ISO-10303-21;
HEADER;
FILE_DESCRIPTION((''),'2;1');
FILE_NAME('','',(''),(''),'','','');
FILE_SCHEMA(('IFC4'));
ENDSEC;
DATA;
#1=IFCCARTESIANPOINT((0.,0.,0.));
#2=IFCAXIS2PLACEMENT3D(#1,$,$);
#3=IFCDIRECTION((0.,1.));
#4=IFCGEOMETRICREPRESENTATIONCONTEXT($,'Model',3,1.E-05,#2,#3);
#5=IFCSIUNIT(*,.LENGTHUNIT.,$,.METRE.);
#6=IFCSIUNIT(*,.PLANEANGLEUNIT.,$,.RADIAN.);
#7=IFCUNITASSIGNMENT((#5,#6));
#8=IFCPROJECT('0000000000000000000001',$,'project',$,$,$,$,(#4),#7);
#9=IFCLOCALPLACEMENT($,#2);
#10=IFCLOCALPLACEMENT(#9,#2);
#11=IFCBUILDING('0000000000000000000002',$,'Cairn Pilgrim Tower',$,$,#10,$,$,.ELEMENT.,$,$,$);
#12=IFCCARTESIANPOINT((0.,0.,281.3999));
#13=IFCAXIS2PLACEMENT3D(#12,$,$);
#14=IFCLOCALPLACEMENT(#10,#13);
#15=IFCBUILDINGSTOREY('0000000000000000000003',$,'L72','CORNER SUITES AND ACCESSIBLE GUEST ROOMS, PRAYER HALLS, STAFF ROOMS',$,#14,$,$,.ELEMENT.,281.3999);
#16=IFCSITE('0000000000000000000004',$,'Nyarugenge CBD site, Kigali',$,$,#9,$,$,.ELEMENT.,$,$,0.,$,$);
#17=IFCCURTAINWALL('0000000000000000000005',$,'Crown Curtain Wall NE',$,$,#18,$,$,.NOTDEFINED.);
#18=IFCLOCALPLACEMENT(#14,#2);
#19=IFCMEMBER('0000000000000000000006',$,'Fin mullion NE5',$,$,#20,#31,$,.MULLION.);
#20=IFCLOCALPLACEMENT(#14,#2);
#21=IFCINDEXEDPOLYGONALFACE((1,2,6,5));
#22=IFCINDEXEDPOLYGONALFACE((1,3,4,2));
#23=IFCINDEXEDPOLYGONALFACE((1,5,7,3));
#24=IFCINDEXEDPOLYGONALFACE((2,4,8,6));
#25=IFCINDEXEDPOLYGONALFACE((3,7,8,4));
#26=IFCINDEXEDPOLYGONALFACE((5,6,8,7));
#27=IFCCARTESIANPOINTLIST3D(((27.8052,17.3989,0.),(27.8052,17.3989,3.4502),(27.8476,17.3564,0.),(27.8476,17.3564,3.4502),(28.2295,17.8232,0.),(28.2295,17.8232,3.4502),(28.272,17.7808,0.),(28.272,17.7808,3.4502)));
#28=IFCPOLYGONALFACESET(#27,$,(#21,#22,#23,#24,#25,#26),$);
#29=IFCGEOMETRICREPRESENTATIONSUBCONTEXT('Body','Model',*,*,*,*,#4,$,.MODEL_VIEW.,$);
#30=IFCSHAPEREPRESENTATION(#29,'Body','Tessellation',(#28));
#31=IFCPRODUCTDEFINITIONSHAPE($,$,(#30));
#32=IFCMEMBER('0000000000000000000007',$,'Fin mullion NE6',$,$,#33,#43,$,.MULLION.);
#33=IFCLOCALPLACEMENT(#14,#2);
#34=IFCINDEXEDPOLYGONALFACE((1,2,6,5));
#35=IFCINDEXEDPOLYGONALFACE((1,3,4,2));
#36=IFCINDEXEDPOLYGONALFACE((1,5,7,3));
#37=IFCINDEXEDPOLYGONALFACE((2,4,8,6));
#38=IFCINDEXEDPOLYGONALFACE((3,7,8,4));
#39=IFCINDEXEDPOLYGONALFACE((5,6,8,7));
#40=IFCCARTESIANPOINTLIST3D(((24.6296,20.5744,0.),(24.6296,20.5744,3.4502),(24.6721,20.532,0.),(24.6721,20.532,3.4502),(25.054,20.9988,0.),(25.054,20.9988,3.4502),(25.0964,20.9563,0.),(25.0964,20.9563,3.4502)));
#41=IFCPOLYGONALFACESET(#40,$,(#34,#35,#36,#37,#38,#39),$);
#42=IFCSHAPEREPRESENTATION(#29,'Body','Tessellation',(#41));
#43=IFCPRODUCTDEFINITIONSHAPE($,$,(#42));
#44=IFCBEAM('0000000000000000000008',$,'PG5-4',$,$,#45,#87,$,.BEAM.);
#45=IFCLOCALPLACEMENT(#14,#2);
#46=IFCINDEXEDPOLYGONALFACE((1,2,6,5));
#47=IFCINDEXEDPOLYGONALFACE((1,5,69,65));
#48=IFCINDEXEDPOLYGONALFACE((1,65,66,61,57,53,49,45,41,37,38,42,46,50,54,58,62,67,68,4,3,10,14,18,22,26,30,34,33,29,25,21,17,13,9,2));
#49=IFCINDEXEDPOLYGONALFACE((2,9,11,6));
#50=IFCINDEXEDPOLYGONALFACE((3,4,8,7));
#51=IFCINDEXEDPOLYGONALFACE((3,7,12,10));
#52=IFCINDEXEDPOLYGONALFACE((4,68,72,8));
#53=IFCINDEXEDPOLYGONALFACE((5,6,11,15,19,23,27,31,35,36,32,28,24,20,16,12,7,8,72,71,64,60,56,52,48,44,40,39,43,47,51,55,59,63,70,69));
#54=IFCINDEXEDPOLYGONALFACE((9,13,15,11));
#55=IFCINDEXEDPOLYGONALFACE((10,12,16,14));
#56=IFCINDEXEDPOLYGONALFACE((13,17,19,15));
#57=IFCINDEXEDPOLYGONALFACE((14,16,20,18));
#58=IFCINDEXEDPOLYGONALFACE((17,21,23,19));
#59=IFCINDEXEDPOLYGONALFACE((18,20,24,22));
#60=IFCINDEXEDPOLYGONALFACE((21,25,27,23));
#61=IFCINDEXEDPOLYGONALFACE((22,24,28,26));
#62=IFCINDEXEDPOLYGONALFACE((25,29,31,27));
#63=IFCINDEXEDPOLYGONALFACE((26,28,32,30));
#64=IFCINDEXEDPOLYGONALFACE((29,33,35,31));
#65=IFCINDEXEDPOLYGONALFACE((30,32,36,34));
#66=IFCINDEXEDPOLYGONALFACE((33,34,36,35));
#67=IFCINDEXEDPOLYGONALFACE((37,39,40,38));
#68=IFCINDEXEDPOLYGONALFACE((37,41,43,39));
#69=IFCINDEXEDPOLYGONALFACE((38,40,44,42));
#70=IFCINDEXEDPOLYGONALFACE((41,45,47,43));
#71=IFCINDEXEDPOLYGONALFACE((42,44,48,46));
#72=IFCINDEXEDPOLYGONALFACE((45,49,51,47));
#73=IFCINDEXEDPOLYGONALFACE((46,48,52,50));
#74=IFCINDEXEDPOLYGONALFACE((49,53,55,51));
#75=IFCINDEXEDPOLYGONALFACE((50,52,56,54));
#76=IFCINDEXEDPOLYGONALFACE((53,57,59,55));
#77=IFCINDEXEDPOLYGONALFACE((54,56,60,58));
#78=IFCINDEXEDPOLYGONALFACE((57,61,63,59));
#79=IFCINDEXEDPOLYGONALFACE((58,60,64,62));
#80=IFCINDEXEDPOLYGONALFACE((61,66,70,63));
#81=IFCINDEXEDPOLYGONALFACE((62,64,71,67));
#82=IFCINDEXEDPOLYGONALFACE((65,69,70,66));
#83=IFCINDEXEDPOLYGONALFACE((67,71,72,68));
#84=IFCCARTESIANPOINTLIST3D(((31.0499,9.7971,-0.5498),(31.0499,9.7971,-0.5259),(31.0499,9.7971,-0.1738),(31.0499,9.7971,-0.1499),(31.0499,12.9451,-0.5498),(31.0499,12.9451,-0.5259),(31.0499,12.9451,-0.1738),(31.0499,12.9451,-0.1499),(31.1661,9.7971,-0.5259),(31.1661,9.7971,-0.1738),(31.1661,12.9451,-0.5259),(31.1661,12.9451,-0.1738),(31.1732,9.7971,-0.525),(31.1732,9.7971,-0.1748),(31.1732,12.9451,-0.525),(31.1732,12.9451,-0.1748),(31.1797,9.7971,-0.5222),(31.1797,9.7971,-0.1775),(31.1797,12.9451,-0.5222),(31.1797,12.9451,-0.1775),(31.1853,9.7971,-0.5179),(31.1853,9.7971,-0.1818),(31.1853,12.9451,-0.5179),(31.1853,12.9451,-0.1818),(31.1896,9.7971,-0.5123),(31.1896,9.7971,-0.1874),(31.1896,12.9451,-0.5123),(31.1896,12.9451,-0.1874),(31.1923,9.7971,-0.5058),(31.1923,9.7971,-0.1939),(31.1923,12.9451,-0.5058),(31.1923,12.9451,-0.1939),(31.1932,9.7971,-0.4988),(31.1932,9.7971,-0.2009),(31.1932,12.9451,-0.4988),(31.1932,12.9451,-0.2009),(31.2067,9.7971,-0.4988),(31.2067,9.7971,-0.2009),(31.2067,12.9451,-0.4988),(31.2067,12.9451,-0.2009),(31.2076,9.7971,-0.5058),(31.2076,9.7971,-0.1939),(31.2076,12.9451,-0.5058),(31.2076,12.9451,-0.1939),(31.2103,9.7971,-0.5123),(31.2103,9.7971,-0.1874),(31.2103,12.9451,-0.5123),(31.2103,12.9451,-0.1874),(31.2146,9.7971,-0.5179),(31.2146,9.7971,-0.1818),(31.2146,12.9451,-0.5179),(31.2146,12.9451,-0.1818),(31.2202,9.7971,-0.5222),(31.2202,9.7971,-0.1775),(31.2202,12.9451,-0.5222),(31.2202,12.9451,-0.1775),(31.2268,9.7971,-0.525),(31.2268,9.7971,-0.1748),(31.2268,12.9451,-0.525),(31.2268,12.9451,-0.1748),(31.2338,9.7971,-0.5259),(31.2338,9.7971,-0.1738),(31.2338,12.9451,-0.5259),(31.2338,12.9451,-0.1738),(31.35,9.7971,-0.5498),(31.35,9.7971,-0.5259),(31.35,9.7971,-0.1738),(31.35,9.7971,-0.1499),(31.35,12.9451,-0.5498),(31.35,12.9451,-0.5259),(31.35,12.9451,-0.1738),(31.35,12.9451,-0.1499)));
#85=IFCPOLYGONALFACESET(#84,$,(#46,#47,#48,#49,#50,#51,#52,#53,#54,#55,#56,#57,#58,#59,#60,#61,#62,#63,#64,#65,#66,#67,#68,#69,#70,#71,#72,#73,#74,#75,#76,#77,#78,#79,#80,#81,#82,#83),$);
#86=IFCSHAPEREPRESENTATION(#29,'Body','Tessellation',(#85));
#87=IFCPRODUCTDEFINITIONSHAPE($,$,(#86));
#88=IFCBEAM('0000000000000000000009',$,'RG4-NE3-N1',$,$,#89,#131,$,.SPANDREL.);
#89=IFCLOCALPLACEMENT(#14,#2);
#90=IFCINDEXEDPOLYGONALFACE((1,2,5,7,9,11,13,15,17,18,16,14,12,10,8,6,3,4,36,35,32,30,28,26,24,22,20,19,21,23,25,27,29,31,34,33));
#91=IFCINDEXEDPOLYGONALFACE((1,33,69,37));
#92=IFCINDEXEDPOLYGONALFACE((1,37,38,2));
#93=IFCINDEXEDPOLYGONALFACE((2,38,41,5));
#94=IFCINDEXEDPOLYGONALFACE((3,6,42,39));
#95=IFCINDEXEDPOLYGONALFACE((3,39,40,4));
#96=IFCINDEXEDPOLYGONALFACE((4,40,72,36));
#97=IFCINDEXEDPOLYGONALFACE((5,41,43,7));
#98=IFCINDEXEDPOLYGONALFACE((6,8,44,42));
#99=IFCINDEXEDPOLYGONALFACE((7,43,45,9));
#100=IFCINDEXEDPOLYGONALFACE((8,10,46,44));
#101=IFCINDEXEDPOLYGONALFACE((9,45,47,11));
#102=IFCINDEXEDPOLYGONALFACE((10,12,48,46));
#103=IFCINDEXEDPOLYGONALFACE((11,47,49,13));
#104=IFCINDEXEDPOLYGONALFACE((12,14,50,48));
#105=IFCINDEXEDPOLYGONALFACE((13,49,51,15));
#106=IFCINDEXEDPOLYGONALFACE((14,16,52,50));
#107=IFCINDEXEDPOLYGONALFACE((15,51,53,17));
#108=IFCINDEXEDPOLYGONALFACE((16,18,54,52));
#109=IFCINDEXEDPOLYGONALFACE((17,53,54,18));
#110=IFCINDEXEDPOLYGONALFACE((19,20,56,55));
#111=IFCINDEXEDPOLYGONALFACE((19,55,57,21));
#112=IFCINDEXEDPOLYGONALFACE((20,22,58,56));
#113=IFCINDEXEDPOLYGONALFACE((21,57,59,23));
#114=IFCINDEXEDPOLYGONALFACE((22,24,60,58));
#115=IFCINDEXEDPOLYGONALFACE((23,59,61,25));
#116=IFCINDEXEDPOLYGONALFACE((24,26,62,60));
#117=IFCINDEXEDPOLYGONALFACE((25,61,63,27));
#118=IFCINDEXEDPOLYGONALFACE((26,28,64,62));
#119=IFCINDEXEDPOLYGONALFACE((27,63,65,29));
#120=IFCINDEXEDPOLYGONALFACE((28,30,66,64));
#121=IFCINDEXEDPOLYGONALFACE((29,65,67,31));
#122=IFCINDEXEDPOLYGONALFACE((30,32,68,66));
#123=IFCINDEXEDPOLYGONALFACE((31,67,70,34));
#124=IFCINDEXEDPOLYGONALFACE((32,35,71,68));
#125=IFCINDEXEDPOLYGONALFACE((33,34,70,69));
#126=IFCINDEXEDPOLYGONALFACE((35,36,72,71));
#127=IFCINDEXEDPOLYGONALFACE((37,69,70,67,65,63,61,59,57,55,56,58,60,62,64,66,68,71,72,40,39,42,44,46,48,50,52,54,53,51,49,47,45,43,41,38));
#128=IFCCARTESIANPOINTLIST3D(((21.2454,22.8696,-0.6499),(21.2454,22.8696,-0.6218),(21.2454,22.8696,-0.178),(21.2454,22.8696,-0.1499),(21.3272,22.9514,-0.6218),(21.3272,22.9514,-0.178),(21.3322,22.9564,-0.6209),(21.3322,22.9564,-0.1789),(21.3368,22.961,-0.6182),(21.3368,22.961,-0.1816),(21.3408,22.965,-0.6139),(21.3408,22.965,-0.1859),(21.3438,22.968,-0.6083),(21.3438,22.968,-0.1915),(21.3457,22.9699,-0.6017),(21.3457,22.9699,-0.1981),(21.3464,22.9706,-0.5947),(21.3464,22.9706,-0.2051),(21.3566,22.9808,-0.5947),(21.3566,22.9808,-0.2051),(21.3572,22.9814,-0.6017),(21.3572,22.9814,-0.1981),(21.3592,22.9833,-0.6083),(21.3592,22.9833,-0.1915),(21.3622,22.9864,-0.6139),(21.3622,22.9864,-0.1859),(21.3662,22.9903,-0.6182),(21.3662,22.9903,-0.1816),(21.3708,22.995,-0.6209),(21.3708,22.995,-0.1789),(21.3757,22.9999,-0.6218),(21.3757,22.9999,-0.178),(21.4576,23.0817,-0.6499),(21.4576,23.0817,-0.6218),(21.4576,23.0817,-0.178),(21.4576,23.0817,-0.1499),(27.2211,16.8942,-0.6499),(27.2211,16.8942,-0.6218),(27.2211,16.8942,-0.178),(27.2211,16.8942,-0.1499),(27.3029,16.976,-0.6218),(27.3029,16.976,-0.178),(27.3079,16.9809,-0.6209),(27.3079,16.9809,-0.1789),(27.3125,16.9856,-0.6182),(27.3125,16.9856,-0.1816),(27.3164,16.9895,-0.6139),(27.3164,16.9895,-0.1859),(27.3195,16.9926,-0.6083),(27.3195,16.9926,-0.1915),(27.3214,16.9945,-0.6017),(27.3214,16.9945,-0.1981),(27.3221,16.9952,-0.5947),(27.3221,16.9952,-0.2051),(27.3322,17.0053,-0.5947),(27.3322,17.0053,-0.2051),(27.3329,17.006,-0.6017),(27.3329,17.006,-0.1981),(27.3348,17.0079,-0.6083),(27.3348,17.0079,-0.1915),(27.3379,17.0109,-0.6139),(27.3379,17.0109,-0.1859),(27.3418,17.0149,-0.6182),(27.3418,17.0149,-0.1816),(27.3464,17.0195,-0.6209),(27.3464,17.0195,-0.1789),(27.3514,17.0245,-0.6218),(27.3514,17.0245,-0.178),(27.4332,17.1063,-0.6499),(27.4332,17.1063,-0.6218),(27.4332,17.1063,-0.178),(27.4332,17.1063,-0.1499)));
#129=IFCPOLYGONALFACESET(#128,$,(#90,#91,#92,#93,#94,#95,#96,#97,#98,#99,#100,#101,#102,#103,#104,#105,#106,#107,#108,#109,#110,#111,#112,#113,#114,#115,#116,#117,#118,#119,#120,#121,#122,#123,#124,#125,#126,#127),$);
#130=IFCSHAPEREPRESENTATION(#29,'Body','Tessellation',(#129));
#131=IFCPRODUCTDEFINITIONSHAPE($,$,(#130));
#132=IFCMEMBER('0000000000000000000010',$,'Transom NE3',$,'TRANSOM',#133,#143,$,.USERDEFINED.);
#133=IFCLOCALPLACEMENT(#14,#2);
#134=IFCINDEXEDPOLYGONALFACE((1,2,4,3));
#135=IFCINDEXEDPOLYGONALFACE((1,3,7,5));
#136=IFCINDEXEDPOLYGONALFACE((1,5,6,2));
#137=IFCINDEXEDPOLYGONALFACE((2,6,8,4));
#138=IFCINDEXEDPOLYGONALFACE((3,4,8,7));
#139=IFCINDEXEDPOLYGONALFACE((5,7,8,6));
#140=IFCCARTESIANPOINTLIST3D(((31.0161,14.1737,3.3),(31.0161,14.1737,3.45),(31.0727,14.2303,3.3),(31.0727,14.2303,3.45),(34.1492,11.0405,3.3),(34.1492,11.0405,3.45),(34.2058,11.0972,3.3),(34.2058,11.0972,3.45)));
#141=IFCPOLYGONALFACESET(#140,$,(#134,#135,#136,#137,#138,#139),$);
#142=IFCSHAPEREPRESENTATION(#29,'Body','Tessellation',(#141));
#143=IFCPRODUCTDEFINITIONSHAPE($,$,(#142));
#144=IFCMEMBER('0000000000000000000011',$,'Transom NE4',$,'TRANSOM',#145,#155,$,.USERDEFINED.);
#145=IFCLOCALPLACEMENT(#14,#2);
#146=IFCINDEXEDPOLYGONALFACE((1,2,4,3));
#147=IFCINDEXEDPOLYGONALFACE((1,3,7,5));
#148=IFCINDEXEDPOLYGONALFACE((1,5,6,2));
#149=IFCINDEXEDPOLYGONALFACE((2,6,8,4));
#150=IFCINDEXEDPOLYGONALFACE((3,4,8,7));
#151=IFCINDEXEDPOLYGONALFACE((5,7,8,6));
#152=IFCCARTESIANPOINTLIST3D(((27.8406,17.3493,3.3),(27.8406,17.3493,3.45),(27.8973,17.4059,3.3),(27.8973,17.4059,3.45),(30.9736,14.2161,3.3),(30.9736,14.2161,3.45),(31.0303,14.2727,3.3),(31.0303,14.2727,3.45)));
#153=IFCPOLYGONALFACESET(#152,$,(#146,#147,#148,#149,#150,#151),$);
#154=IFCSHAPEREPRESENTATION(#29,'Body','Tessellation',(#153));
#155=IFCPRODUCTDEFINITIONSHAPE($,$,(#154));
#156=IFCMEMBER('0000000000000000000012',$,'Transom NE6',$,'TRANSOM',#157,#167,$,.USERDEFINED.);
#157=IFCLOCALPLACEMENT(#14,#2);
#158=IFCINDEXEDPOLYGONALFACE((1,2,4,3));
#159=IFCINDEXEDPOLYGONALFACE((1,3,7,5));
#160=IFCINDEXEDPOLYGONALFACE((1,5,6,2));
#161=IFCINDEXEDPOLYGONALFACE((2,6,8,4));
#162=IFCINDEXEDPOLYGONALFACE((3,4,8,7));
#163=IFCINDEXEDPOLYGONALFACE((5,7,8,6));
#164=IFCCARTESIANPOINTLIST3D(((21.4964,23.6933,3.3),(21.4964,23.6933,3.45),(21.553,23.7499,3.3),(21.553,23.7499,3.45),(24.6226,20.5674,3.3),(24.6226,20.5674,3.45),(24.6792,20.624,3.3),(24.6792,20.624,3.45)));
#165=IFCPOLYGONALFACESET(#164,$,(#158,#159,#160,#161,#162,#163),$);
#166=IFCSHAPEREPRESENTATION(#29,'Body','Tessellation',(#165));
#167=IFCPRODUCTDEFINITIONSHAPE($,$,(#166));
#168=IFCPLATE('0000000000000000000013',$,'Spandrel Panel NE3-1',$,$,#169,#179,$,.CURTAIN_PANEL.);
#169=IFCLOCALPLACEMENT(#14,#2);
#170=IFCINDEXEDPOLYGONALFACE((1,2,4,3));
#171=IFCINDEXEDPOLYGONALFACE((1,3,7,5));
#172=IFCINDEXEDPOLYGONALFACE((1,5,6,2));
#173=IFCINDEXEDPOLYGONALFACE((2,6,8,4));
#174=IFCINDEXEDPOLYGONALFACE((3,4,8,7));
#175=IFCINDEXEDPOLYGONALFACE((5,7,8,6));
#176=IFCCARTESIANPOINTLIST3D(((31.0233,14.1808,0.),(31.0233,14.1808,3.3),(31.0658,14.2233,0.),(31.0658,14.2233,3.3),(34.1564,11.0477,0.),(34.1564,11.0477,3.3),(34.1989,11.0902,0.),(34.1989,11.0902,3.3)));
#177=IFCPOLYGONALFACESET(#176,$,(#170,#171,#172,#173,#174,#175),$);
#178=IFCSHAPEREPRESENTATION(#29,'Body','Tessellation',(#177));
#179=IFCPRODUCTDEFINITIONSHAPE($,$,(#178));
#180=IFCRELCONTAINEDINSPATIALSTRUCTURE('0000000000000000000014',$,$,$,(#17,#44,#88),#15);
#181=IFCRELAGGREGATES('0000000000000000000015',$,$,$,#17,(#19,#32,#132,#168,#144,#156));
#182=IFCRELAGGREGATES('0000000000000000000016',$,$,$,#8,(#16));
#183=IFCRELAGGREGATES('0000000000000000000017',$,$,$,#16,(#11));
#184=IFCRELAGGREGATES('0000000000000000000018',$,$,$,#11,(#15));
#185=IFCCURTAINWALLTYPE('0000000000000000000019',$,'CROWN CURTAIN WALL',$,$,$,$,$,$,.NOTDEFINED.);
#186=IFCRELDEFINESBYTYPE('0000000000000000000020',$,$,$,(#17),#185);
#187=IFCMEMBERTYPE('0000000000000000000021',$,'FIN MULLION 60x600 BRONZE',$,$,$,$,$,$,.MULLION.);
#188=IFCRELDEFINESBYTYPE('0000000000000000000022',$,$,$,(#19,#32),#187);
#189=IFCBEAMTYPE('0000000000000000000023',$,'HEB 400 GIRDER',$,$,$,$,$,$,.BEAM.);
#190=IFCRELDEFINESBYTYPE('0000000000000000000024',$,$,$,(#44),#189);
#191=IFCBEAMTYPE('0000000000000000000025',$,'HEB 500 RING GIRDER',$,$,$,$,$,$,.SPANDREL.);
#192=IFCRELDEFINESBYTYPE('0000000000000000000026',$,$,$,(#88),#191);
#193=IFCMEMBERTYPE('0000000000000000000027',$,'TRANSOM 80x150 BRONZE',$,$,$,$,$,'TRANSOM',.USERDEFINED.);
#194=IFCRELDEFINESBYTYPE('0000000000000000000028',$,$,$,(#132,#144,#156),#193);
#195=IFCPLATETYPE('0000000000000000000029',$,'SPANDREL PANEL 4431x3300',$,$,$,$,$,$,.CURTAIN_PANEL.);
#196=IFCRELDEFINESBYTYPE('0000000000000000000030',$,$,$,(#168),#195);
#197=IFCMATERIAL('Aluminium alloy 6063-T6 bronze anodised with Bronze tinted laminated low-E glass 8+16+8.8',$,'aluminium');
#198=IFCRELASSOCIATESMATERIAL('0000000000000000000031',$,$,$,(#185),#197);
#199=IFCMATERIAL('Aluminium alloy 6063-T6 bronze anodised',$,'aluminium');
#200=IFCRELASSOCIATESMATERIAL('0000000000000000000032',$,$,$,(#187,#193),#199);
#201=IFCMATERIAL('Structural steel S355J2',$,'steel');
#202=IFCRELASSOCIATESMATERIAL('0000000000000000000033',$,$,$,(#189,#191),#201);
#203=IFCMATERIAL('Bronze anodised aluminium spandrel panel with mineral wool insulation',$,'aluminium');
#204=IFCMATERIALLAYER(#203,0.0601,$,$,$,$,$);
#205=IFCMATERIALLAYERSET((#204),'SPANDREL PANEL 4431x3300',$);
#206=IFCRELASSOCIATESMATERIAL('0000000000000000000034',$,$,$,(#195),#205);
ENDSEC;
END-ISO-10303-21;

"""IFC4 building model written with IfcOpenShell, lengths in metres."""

from ifc_helpers import new_model, si_unit, direction, frame, origin, origin_2d, place, context, subcontext, project, spatial, rectangle, i_section, extrude, material, layer, layer_set, material_profile, profile_set, type_object, element, aggregate, save


model = new_model("IFC4")

# Units and contexts
model_context = context("Model", 3, precision=1e-05, world=origin(), true_north=direction((0.0, 1.0)))
body_context = subcontext(model_context, "Body", "Model", "MODEL_VIEW")
ifc_project = project(units=[si_unit("LENGTHUNIT", "METRE"), si_unit("PLANEANGLEUNIT", "RADIAN")], contexts=[model_context])

# Site, building, storey
site_placement = place(None, origin())
site = spatial("IfcSite", under=ifc_project, at=site_placement, Name="Nyarugenge CBD site, Kigali", CompositionType="ELEMENT", RefElevation=0.0)
building_placement = place(site_placement, origin())
building = spatial("IfcBuilding", under=site, at=building_placement, Name="Cairn Pilgrim Tower", CompositionType="ELEMENT")
storey_placement = place(building_placement, frame((0.0, 0.0, 281.3999)))
storey = spatial("IfcBuildingStorey", under=building, at=storey_placement, Name="L72", Description="CORNER SUITES AND ACCESSIBLE GUEST ROOMS, PRAYER HALLS, STAFF ROOMS", CompositionType="ELEMENT", Elevation=281.3999)

# Shared definitions
ifc_material_1 = material(Name="Structural steel S355J2", Category="steel")

# Curtain wall, members
ifc_material_2 = material(Name="Aluminium alloy 6063-T6 bronze anodised with Bronze tinted laminated low-E glass 8+16+8.8", Category="aluminium")
curtain_wall_type = type_object("IfcCurtainWallType", Name="CROWN CURTAIN WALL", PredefinedType="NOTDEFINED", material=ifc_material_2)
curtain_wall_placement = place(storey_placement, origin())
curtain_wall = element("IfcCurtainWall", 1, at=curtain_wall_placement, inside=storey, type_object=curtain_wall_type, Name="Crown Curtain Wall NE", PredefinedType="NOTDEFINED")
ifc_material_3 = material(Name="Aluminium alloy 6063-T6 bronze anodised", Category="aluminium")
ifc_material_profile_1 = material_profile(ifc_material_3, rectangle(XDim=0.6001, YDim=0.0601, at=origin_2d()), Name="FIN MULLION 60x600 BRONZE")
ifc_profile_set_1 = profile_set([ifc_material_profile_1], Name="Aluminium alloy 6063-T6 bronze anodised")
member_type_1 = type_object("IfcMemberType", Name="FIN MULLION 60x600 BRONZE", PredefinedType="MULLION", material=ifc_profile_set_1)
member_1_placement = place(storey_placement, frame((28.0386, 17.5898, 0.0), z_axis=(0.0, 0.0, 1.0), x_axis=(0.707107, 0.707107, 0.0)))
member_1 = element("IfcMember", 2, at=member_1_placement, type_object=member_type_1, Name="Fin mullion NE5", PredefinedType="MULLION", context=body_context, shape_type="SweptSolid", body=[
    extrude(rectangle(XDim=0.6001, YDim=0.0601, at=origin_2d()), origin(), (0.0, 0.0, 1.0), 3.4502),
])
member_2_placement = place(storey_placement, frame((24.863, 20.7654, 0.0), z_axis=(0.0, 0.0, 1.0), x_axis=(0.707107, 0.707107, 0.0)))
member_2 = element("IfcMember", 3, at=member_2_placement, type_object=member_type_1, Name="Fin mullion NE6", PredefinedType="MULLION", context=body_context, shape_type="SweptSolid", body=[
    extrude(rectangle(XDim=0.6001, YDim=0.0601, at=origin_2d()), origin(), (0.0, 0.0, 1.0), 3.4502),
])

# Beams
ifc_material_profile_2 = material_profile(ifc_material_1, i_section(OverallWidth=0.3, OverallDepth=0.3999, WebThickness=0.0134, FlangeThickness=0.0239, FilletRadius=0.0271, at=origin_2d()), Name="HEB 400")
ifc_profile_set_2 = profile_set([ifc_material_profile_2], Name="Structural steel S355J2")
beam_type_1 = type_object("IfcBeamType", Name="HEB 400 GIRDER", PredefinedType="BEAM", material=ifc_profile_set_2)
beam_1_placement = place(storey_placement, frame((31.2, 9.7971, -0.3499), z_axis=(0.0, 1.0, 0.0), x_axis=(-1.0, 0.0, 0.0)))
element("IfcBeam", 4, at=beam_1_placement, inside=storey, type_object=beam_type_1, Name="PG5-4", PredefinedType="BEAM", context=body_context, shape_type="SweptSolid", body=[
    extrude(i_section(OverallWidth=0.3, OverallDepth=0.3999, WebThickness=0.0134, FlangeThickness=0.0239, FilletRadius=0.0271, at=origin_2d()), origin(), (0.0, 0.0, 1.0), 3.1479),
])
ifc_material_profile_3 = material_profile(ifc_material_1, i_section(OverallWidth=0.3, OverallDepth=0.5, WebThickness=0.0144, FlangeThickness=0.0281, FilletRadius=0.0271, at=origin_2d()), Name="HEB 500")
ifc_profile_set_3 = profile_set([ifc_material_profile_3], Name="Structural steel S355J2")
beam_type_2 = type_object("IfcBeamType", Name="HEB 500 RING GIRDER", PredefinedType="SPANDREL", material=ifc_profile_set_3)
beam_2_placement = place(storey_placement, frame((27.3271, 17.0002, -0.3999), z_axis=(-0.707121, 0.707092, 0.0), x_axis=(-0.707092, -0.707121, 0.0)))
element("IfcBeam", 5, at=beam_2_placement, inside=storey, type_object=beam_type_2, Name="RG4-NE3-N1", PredefinedType="SPANDREL", context=body_context, shape_type="SweptSolid", body=[
    extrude(i_section(OverallWidth=0.3, OverallDepth=0.5, WebThickness=0.0144, FlangeThickness=0.0281, FilletRadius=0.0271, at=origin_2d()), origin(), (0.0, 0.0, 1.0), 8.4507),
])

# Members
ifc_material_profile_4 = material_profile(ifc_material_3, rectangle(XDim=0.0801, YDim=0.1499, at=origin_2d()), Name="TRANSOM 80x150 BRONZE")
ifc_profile_set_4 = profile_set([ifc_material_profile_4], Name="Aluminium alloy 6063-T6 bronze anodised")
member_type_2 = type_object("IfcMemberType", Name="TRANSOM 80x150 BRONZE", ElementType="TRANSOM", PredefinedType="USERDEFINED", material=ifc_profile_set_4)
member_3_placement = place(storey_placement, frame((34.1775, 11.0688, 3.375), z_axis=(-0.707107, 0.707107, 0.0), x_axis=(-0.707107, -0.707107, 0.0)))
member_3 = element("IfcMember", 6, at=member_3_placement, type_object=member_type_2, Name="Transom NE3", ObjectType="TRANSOM", PredefinedType="USERDEFINED", context=body_context, shape_type="SweptSolid", body=[
    extrude(rectangle(XDim=0.0801, YDim=0.1499, at=origin_2d()), origin(), (0.0, 0.0, 1.0), 4.4309),
])
member_4_placement = place(storey_placement, frame((31.002, 14.2444, 3.375), z_axis=(-0.707079, 0.707134, 0.0), x_axis=(-0.707134, -0.707079, 0.0)))
member_4 = element("IfcMember", 7, at=member_4_placement, type_object=member_type_2, Name="Transom NE4", ObjectType="TRANSOM", PredefinedType="USERDEFINED", context=body_context, shape_type="SweptSolid", body=[
    extrude(rectangle(XDim=0.0801, YDim=0.1499, at=origin_2d()), origin(), (0.0, 0.0, 1.0), 4.4309),
])
member_5_placement = place(storey_placement, frame((24.6509, 20.5957, 3.375), z_axis=(-0.707134, 0.707079, 0.0), x_axis=(-0.707079, -0.707134, 0.0)))
member_5 = element("IfcMember", 8, at=member_5_placement, type_object=member_type_2, Name="Transom NE6", ObjectType="TRANSOM", PredefinedType="USERDEFINED", context=body_context, shape_type="SweptSolid", body=[
    extrude(rectangle(XDim=0.0801, YDim=0.1499, at=origin_2d()), origin(), (0.0, 0.0, 1.0), 4.4209),
])

# Plate
ifc_material_4 = material(Name="Bronze anodised aluminium spandrel panel with mineral wool insulation", Category="aluminium")
ifc_layer_1 = layer(ifc_material_4, 0.0601)
ifc_layer_set_1 = layer_set([ifc_layer_1], Name="SPANDREL PANEL 4431x3300")
plate_type_1 = type_object("IfcPlateType", Name="SPANDREL PANEL 4431x3300", PredefinedType="CURTAIN_PANEL", material=ifc_layer_set_1)
plate_1_placement = place(storey_placement, frame((32.6111, 12.6355, 0.0), z_axis=(0.0, 0.0, 1.0), x_axis=(-0.707107, 0.707107, 0.0)))
plate_1 = element("IfcPlate", 9, at=plate_1_placement, type_object=plate_type_1, Name="Spandrel Panel NE3-1", PredefinedType="CURTAIN_PANEL", context=body_context, shape_type="SweptSolid", body=[
    extrude(rectangle(XDim=4.4309, YDim=0.0601, at=origin_2d()), origin(), (0.0, 0.0, 1.0), 3.3),
])
aggregate(curtain_wall, [member_1, member_2, member_3, plate_1, member_4, member_5])

save(model, "model.ifc")
